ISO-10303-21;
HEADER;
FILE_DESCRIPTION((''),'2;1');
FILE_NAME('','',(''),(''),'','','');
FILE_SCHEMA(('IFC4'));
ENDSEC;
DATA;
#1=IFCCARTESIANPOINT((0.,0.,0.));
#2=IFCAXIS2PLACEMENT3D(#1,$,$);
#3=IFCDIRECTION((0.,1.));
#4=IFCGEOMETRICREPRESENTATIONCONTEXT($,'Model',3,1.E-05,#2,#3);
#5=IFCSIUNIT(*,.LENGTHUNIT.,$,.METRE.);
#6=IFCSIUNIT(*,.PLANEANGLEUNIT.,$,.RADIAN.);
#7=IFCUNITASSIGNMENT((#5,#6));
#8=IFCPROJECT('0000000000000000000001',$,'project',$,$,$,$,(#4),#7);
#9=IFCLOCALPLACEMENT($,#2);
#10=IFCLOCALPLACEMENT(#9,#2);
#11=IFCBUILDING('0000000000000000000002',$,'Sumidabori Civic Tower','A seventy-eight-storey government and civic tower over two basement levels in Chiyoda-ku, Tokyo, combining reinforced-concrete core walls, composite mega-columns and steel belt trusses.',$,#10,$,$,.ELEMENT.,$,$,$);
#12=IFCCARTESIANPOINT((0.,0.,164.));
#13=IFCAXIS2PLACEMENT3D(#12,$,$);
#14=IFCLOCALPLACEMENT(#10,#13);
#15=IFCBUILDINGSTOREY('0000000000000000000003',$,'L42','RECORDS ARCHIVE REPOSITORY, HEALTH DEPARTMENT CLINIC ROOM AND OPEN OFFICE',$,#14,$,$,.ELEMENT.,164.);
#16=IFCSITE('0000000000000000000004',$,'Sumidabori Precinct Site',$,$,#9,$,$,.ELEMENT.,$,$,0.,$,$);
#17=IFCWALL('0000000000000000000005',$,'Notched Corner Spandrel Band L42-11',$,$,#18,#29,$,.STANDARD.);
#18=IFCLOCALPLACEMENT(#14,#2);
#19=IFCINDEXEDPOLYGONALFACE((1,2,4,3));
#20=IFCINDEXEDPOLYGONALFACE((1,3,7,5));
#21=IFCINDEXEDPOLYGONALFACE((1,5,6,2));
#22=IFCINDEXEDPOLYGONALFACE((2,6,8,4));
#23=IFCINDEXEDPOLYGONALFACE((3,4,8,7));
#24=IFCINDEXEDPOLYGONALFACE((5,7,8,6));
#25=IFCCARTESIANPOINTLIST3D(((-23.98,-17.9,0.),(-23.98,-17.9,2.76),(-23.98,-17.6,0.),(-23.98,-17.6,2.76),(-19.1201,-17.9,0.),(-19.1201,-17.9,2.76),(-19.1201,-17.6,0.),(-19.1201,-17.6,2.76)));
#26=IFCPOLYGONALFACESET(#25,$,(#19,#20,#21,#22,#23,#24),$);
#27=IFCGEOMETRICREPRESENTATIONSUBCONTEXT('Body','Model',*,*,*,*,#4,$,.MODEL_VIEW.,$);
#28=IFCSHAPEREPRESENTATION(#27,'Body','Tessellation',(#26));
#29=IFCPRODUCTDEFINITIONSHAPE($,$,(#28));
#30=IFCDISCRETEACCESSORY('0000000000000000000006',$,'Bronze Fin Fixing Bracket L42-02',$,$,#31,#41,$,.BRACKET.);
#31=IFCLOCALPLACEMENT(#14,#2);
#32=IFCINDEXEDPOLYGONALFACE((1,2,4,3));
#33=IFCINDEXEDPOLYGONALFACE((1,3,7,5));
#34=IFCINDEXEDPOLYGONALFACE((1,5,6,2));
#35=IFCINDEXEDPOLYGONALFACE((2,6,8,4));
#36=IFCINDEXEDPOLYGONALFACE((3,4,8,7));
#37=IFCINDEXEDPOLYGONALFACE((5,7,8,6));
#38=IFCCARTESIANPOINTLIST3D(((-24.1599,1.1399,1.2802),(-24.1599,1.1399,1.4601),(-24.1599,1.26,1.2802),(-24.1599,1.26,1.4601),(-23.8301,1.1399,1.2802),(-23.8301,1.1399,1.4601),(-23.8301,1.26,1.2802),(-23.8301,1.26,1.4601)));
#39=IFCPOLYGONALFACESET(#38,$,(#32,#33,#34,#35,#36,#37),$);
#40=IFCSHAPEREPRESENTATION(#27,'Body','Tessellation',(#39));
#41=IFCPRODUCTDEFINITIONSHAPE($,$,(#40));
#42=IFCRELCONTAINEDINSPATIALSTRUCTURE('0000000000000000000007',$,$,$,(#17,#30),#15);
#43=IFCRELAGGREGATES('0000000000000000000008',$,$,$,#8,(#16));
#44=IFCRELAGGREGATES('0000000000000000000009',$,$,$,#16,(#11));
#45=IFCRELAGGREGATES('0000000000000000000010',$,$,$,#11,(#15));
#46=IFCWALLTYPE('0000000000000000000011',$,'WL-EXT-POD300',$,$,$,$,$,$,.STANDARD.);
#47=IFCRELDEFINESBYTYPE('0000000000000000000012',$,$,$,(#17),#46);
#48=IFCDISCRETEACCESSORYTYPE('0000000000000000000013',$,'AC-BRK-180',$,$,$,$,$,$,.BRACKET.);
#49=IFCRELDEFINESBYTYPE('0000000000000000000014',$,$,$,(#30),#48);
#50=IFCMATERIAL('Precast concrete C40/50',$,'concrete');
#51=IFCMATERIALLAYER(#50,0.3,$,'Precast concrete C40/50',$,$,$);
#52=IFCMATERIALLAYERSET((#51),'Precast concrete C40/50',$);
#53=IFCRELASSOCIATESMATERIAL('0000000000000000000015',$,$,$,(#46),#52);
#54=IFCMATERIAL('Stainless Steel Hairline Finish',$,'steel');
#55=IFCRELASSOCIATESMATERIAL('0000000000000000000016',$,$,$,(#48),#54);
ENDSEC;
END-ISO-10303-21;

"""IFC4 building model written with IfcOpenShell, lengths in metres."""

from ifc_helpers import new_model, si_unit, direction, frame, frame_2d, origin, origin_2d, place, context, subcontext, project, spatial, rectangle, extrude, source, transform, mapped, material, layer, layer_set, material_profile, profile_set, type_object, element, save


model = new_model("IFC4")

# Units and contexts
model_context = context("Model", 3, precision=1e-05, world=origin(), true_north=direction((0.0, 1.0)))
body_context = subcontext(model_context, "Body", "Model", "MODEL_VIEW")
ifc_project = project(units=[si_unit("LENGTHUNIT", "METRE"), si_unit("PLANEANGLEUNIT", "RADIAN")], contexts=[model_context])

# Site, building, storey
site_placement = place(None, origin())
site = spatial("IfcSite", under=ifc_project, at=site_placement, Name="Sumidabori Precinct Site", CompositionType="ELEMENT", RefElevation=0.0)
building_placement = place(site_placement, origin())
building = spatial("IfcBuilding", under=site, at=building_placement, Name="Sumidabori Civic Tower", Description="A seventy-eight-storey government and civic tower over two basement levels in Chiyoda-ku, Tokyo, combining reinforced-concrete core walls, composite mega-columns and steel belt trusses.", CompositionType="ELEMENT")
storey_placement = place(building_placement, frame((0.0, 0.0, 164.0)))
storey = spatial("IfcBuildingStorey", under=building, at=storey_placement, Name="L42", Description="RECORDS ARCHIVE REPOSITORY, HEALTH DEPARTMENT CLINIC ROOM AND OPEN OFFICE", CompositionType="ELEMENT", Elevation=164.0)

# Wall
ifc_material_1 = material(Name="Precast concrete C40/50", Category="concrete")
ifc_layer_1 = layer(ifc_material_1, 0.3, Name="Precast concrete C40/50")
ifc_layer_set_1 = layer_set([ifc_layer_1], Name="Precast concrete C40/50")
wall_type = type_object("IfcWallType", Name="WL-EXT-POD300", PredefinedType="STANDARD", material=ifc_layer_set_1)
shared_shape_1 = source(origin(), body_context, "Body", "SweptSolid", [
    extrude(rectangle(XDim=4.8599, YDim=0.3, at=frame_2d((2.4299, 0.0))), origin(), (0.0, 0.0, 1.0), 2.76),
])
wall_1_placement = place(storey_placement, frame((-23.98, -17.75, 0.0), z_axis=(0.0, 0.0, 1.0), x_axis=(1.0, 0.0, 0.0)))
element("IfcWall", 1, at=wall_1_placement, inside=storey, type_object=wall_type, Name="Notched Corner Spandrel Band L42-11", PredefinedType="STANDARD", context=body_context, shape_type="MappedRepresentation", body=[
    mapped(shared_shape_1, transform((0.0, 0.0, 0.0), x_axis=(1.0, 0.0, 0.0), y_axis=(0.0, 1.0, 0.0), z_axis=(0.0, 0.0, 1.0), scale=1.0)),
])

# Discrete accessory
ifc_material_2 = material(Name="Stainless Steel Hairline Finish", Category="steel")
ifc_material_profile_1 = material_profile(ifc_material_2, rectangle(XDim=0.1201, YDim=0.1799, at=origin_2d()), Name="STEEL BRACKET 180x120")
ifc_profile_set_1 = profile_set([ifc_material_profile_1], Name="Stainless Steel Hairline Finish")
discrete_accessory_type = type_object("IfcDiscreteAccessoryType", Name="AC-BRK-180", PredefinedType="BRACKET", material=ifc_profile_set_1)
shared_shape_2 = source(origin(), body_context, "Body", "SweptSolid", [
    extrude(rectangle(XDim=0.1201, YDim=0.1799, at=origin_2d()), origin(), (0.0, 0.0, 1.0), 0.3298),
])
discrete_accessory_placement = place(storey_placement, frame((-23.8301, 1.2, 1.3701), z_axis=(-1.0, 0.0, 0.0), x_axis=(0.0, -1.0, 0.0)))
element("IfcDiscreteAccessory", 2, at=discrete_accessory_placement, inside=storey, type_object=discrete_accessory_type, Name="Bronze Fin Fixing Bracket L42-02", PredefinedType="BRACKET", context=body_context, shape_type="MappedRepresentation", body=[
    mapped(shared_shape_2, transform((0.0, 0.0, 0.0), x_axis=(1.0, 0.0, 0.0), y_axis=(0.0, 1.0, 0.0), z_axis=(0.0, 0.0, 1.0), scale=1.0)),
])

save(model, "model.ifc")
